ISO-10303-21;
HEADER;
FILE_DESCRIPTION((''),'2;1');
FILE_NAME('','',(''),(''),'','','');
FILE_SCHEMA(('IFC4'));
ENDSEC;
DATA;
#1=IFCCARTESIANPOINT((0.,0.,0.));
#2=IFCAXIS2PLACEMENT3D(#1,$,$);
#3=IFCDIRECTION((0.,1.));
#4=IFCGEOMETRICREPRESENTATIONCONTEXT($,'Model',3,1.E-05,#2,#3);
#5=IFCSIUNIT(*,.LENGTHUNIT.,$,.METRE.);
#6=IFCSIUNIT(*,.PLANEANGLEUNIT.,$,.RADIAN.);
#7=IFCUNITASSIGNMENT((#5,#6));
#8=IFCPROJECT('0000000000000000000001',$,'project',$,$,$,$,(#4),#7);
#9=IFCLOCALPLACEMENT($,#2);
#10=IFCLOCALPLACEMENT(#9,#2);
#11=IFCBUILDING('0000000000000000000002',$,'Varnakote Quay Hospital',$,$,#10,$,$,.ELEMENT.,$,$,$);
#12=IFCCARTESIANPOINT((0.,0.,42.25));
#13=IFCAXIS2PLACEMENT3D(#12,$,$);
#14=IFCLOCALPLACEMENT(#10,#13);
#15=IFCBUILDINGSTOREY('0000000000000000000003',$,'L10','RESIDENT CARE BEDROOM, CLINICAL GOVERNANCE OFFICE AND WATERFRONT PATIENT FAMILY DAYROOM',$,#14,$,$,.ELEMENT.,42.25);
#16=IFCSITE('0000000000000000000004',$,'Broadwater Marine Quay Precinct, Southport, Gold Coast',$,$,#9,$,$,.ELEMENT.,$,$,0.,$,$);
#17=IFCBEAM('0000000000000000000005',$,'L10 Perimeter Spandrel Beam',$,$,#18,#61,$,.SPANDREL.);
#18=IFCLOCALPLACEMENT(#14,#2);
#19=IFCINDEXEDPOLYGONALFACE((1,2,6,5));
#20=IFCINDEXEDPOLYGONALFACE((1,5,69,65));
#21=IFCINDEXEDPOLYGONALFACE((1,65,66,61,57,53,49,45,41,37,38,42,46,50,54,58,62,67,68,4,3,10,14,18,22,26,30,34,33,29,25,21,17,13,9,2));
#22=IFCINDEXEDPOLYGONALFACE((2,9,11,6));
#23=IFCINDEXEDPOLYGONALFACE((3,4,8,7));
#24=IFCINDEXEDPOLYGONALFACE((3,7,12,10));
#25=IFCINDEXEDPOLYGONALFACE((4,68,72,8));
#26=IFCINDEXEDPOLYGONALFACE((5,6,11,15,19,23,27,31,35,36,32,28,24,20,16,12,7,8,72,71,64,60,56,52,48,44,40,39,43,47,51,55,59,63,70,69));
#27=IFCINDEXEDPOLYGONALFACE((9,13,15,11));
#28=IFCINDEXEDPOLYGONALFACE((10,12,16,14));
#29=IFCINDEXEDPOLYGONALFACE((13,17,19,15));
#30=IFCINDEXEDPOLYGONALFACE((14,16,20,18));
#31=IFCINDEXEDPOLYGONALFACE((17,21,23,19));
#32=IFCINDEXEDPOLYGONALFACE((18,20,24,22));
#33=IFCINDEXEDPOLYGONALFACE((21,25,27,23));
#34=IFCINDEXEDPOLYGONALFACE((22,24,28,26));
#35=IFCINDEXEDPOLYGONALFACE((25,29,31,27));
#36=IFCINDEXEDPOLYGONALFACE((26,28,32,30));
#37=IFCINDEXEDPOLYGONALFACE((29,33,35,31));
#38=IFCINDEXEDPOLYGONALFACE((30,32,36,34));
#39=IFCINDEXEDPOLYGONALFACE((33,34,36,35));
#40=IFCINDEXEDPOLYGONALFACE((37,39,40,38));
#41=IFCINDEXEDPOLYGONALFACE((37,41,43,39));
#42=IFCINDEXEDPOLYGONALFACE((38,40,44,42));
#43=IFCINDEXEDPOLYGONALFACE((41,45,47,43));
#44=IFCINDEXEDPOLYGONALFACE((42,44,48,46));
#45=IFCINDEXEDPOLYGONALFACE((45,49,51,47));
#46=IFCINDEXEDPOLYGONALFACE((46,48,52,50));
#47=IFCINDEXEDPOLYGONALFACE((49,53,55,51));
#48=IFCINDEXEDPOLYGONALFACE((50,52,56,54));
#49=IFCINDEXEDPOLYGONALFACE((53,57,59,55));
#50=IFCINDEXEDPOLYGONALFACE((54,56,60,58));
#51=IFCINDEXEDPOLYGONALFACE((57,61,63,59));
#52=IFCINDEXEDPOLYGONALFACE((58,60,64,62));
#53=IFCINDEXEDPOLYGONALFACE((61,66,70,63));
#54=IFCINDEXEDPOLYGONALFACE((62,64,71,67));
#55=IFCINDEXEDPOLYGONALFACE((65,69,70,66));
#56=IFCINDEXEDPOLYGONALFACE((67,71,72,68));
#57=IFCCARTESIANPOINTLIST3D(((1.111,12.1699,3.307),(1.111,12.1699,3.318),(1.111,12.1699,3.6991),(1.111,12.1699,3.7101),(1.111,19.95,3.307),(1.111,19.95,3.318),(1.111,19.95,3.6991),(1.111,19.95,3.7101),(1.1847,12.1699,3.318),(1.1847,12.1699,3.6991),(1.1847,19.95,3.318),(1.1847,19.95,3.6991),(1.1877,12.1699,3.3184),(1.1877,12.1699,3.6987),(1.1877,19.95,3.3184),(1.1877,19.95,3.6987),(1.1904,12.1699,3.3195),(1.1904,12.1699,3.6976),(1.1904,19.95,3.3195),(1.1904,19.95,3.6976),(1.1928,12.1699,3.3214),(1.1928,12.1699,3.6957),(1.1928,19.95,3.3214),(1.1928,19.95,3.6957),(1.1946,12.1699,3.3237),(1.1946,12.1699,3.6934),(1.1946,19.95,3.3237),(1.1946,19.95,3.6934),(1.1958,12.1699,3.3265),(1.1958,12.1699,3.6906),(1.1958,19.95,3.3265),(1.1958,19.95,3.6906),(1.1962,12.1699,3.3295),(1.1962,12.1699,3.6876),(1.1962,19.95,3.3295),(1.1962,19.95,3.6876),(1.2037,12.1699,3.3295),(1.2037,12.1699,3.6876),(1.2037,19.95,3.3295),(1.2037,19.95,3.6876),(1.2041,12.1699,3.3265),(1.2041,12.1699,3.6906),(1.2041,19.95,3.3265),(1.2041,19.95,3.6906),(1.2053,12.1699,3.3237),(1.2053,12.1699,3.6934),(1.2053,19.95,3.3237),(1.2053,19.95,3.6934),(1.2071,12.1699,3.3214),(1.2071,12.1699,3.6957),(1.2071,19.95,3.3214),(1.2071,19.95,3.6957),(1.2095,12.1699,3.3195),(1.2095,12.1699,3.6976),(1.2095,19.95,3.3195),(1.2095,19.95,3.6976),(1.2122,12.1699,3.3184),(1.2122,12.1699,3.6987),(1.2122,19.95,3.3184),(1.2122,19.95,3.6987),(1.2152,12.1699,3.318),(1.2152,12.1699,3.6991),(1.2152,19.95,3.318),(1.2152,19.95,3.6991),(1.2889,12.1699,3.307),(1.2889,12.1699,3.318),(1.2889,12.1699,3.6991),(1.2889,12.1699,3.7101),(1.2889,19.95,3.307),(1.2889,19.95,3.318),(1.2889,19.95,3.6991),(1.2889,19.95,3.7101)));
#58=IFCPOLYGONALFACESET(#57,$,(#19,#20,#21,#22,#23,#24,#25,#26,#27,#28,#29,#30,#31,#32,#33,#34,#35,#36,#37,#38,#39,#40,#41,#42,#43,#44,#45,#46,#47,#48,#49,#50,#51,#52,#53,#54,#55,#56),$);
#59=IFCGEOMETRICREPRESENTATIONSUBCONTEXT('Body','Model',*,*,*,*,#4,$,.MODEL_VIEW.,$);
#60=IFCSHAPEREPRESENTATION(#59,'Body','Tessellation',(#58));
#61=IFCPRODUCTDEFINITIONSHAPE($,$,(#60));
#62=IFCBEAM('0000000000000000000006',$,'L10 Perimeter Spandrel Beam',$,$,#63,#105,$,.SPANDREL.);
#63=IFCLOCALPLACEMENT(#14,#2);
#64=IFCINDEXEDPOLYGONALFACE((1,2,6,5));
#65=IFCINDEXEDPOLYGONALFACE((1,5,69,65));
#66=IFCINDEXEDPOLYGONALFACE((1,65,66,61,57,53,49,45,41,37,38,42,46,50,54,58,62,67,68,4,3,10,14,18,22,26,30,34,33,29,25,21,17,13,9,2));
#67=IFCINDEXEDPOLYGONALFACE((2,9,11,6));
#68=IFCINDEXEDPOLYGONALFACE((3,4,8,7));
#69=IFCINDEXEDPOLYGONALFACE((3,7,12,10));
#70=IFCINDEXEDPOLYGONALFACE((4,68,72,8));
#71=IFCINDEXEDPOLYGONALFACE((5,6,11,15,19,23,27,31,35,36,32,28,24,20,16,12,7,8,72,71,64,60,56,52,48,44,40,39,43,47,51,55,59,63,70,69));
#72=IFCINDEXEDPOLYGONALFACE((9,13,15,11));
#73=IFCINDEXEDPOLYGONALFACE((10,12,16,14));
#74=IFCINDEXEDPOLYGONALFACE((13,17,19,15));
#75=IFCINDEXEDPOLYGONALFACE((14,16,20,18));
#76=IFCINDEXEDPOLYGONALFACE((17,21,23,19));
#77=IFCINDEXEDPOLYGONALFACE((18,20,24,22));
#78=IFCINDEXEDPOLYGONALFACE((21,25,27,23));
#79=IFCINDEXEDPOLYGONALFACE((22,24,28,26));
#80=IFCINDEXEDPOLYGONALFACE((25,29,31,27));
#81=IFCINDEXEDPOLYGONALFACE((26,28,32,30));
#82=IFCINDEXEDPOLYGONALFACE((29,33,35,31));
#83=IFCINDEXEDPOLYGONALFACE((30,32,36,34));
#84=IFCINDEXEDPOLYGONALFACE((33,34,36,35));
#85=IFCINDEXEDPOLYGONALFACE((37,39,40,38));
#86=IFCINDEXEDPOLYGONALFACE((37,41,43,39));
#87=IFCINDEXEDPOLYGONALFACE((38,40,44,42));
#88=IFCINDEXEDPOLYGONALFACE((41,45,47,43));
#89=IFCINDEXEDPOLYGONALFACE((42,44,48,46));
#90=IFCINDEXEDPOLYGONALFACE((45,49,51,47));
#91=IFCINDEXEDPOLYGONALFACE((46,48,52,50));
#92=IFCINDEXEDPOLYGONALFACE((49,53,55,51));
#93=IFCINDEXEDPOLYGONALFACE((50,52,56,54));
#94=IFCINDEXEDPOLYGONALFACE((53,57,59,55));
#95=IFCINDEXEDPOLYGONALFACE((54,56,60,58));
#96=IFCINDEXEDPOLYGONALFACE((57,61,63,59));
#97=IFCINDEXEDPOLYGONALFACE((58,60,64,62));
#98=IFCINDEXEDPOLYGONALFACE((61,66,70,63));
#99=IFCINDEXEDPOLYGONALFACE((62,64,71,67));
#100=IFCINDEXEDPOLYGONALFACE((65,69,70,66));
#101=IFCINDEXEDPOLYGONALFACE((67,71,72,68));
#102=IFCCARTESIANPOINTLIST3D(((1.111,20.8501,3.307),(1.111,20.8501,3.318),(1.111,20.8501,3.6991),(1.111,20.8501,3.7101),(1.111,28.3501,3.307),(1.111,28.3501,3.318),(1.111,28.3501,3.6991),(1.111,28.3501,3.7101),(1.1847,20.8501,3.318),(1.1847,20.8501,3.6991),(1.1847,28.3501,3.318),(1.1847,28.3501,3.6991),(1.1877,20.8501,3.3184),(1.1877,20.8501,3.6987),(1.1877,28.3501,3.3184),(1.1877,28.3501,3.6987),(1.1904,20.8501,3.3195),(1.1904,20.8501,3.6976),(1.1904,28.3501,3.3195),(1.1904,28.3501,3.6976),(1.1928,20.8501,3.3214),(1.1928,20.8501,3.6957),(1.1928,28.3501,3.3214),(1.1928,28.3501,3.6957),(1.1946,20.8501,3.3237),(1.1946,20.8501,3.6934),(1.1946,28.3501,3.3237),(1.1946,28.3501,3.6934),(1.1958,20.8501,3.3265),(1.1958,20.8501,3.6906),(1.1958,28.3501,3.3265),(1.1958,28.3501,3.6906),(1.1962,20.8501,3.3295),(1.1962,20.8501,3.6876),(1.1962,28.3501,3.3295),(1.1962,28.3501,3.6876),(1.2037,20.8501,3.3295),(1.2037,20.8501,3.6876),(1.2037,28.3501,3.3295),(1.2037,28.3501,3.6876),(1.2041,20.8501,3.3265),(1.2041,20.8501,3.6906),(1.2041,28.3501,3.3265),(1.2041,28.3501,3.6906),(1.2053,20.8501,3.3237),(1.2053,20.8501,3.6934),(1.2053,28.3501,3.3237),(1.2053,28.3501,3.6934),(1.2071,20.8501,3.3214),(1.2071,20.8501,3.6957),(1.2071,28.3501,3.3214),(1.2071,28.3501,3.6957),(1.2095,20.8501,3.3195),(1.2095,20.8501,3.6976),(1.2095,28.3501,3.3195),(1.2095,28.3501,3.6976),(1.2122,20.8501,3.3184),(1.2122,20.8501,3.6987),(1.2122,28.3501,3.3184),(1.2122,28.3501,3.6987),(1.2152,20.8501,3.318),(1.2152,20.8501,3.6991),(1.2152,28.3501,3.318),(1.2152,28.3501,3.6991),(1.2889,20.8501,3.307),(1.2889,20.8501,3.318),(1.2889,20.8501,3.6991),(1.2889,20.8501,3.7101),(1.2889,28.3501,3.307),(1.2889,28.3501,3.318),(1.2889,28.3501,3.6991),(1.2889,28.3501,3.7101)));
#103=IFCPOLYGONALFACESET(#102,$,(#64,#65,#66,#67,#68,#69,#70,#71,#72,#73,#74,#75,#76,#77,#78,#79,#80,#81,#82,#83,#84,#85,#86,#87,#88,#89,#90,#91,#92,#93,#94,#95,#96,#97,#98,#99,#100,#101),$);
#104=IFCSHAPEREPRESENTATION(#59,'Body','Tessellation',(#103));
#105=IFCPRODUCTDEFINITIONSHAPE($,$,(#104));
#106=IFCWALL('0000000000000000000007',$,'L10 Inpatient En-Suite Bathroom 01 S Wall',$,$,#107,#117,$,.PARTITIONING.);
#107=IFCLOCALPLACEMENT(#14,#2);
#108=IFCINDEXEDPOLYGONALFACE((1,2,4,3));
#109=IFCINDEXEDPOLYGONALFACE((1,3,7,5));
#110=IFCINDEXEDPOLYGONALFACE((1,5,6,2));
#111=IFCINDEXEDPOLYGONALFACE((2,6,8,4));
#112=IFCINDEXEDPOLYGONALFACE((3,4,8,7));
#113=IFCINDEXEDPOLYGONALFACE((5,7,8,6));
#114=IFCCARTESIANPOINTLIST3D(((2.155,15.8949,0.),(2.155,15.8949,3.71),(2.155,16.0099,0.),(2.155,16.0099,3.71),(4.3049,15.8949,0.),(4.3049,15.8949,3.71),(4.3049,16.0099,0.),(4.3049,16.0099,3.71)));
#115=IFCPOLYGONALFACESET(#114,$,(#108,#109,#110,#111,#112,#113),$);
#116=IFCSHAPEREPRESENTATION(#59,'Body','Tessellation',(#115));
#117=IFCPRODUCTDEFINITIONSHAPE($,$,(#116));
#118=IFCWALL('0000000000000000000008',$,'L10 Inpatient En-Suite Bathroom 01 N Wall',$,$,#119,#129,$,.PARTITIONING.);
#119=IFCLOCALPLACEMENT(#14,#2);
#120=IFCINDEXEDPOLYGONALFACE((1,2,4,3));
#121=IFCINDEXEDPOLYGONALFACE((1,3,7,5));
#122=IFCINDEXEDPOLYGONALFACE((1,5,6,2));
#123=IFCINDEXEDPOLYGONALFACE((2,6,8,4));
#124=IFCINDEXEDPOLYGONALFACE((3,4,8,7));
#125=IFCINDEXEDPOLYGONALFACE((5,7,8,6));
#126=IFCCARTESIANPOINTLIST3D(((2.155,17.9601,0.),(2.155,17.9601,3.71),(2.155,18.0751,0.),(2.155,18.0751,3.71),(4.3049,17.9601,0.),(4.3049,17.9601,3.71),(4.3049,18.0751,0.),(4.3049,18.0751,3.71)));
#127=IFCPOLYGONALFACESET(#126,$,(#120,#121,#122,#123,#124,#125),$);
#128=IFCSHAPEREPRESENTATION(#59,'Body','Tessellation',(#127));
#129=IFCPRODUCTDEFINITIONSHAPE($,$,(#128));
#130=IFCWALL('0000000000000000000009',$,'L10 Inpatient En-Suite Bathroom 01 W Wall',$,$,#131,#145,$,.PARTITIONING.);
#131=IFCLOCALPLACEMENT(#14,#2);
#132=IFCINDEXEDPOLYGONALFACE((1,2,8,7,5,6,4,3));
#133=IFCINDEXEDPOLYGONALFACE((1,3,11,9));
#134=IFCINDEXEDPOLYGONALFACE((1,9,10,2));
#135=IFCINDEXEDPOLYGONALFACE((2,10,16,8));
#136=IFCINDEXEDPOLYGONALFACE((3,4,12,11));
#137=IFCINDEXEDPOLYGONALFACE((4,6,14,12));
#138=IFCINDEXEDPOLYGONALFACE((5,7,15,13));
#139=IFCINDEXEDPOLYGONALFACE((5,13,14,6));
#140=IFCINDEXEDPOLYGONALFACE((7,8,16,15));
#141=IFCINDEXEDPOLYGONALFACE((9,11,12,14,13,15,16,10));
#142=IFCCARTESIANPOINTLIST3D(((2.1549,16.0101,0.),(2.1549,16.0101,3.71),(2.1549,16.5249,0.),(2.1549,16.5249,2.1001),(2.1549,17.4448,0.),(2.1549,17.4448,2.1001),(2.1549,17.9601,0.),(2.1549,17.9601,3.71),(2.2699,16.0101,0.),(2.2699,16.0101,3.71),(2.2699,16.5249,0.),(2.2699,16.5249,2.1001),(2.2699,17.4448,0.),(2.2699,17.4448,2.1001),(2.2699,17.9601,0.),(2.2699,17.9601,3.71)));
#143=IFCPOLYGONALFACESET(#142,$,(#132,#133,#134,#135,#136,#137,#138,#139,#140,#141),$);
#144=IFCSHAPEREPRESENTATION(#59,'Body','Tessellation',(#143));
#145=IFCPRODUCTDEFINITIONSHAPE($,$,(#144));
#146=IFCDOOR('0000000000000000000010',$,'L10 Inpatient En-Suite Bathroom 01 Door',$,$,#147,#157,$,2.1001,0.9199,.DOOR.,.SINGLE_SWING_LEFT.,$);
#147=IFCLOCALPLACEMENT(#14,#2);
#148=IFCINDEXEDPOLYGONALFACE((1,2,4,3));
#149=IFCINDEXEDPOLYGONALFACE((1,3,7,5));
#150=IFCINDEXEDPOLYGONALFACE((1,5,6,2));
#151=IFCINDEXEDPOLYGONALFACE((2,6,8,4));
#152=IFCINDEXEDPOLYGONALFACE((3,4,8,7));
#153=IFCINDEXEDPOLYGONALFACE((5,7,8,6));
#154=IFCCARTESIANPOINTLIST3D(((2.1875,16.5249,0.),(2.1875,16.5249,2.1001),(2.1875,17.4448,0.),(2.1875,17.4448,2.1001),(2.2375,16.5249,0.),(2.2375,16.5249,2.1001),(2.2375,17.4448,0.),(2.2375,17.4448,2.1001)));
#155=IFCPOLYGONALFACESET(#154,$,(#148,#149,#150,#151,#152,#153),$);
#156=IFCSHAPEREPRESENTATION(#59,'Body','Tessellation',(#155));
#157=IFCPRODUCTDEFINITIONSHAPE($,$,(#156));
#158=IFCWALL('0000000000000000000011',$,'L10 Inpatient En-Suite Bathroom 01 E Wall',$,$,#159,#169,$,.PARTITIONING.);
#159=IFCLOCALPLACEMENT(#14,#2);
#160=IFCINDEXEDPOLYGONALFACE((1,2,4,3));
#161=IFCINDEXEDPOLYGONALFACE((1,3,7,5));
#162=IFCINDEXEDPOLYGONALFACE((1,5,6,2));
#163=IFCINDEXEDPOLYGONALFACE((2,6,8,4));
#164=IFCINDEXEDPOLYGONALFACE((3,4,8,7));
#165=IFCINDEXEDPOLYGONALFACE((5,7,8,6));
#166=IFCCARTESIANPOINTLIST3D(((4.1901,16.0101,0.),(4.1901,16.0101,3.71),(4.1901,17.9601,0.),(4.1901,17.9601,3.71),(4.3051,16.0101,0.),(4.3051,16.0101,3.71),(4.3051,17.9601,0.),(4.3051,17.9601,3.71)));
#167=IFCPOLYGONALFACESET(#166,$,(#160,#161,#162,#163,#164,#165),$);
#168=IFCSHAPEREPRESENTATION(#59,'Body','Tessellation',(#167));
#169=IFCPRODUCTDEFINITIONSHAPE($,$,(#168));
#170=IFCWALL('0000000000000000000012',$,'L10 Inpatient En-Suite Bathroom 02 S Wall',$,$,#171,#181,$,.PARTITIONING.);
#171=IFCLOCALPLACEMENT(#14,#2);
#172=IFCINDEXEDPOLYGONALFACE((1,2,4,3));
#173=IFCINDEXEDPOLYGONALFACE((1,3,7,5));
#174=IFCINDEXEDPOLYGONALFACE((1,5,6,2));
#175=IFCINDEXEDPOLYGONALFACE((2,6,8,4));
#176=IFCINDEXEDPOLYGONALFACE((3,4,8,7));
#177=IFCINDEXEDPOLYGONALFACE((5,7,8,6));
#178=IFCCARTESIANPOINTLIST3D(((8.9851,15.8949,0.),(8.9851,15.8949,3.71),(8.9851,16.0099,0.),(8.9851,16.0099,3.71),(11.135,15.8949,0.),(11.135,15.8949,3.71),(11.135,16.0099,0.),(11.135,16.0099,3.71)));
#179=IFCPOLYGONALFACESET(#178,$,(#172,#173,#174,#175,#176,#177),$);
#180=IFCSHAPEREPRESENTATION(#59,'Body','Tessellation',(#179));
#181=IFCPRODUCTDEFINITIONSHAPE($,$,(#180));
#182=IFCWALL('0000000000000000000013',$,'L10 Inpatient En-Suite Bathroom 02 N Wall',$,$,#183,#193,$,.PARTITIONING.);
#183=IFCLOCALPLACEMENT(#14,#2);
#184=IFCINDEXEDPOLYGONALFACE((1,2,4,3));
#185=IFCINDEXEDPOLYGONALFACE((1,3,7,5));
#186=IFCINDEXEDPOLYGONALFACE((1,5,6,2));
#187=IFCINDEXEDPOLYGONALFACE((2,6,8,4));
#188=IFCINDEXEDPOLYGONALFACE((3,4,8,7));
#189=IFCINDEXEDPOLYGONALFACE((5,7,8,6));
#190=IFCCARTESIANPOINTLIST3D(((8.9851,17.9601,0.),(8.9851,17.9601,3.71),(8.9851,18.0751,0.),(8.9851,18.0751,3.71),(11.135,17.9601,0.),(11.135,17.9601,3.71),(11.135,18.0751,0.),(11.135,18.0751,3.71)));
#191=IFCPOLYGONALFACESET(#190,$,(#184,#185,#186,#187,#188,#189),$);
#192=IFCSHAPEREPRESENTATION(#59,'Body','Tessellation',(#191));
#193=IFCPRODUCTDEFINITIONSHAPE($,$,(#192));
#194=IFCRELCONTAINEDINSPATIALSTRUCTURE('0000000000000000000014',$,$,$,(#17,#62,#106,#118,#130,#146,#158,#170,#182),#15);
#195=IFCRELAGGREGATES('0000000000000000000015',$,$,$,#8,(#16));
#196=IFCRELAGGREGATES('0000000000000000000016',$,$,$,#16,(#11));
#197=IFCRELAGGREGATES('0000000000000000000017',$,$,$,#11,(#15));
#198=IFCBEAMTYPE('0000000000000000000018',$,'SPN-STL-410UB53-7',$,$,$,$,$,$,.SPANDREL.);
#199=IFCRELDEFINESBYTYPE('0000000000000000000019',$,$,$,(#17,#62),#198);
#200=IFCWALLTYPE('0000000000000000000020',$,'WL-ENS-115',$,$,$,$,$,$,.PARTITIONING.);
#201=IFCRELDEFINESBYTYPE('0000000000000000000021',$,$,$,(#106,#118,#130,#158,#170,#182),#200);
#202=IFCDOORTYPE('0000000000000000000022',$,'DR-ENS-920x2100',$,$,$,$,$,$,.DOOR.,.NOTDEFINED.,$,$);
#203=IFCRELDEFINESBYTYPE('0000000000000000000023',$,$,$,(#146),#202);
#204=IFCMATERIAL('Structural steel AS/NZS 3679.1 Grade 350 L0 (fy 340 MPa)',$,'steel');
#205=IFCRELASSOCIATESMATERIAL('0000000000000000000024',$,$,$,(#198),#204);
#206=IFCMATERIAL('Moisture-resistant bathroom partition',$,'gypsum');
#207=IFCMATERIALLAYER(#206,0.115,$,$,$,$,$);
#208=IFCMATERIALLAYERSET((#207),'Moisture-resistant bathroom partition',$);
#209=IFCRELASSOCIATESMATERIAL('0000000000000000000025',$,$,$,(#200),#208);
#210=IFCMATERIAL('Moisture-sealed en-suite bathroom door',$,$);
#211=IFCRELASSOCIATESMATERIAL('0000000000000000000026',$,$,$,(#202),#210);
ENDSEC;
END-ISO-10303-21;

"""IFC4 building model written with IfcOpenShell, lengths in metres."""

from ifc_helpers import new_model, si_unit, direction, frame, frame_2d, origin, origin_2d, place, context, subcontext, project, spatial, rectangle, i_section, extrude, material, layer, layer_set, material_profile, profile_set, type_object, element, fill, save


model = new_model("IFC4")

# Units and contexts
model_context = context("Model", 3, precision=1e-05, world=origin(), true_north=direction((0.0, 1.0)))
body_context = subcontext(model_context, "Body", "Model", "MODEL_VIEW")
ifc_project = project(units=[si_unit("LENGTHUNIT", "METRE"), si_unit("PLANEANGLEUNIT", "RADIAN")], contexts=[model_context])

# Site, building, storey
site_placement = place(None, origin())
site = spatial("IfcSite", under=ifc_project, at=site_placement, Name="Broadwater Marine Quay Precinct, Southport, Gold Coast", CompositionType="ELEMENT", RefElevation=0.0)
building_placement = place(site_placement, origin())
building = spatial("IfcBuilding", under=site, at=building_placement, Name="Varnakote Quay Hospital", CompositionType="ELEMENT")
storey_placement = place(building_placement, frame((0.0, 0.0, 42.25)))
storey = spatial("IfcBuildingStorey", under=building, at=storey_placement, Name="L10", Description="RESIDENT CARE BEDROOM, CLINICAL GOVERNANCE OFFICE AND WATERFRONT PATIENT FAMILY DAYROOM", CompositionType="ELEMENT", Elevation=42.25)

# Beams
ifc_material_1 = material(Name="Structural steel AS/NZS 3679.1 Grade 350 L0 (fy 340 MPa)", Category="steel")
ifc_material_profile_1 = material_profile(ifc_material_1, i_section(OverallWidth=0.178, OverallDepth=0.4031, WebThickness=0.0076, FlangeThickness=0.011, FilletRadius=0.0115, at=origin_2d()), Name="410UB53.7")
ifc_profile_set_1 = profile_set([ifc_material_profile_1], Name="Structural steel AS/NZS 3679.1 Grade 350 L0 (fy 340 MPa)")
beam_type_1 = type_object("IfcBeamType", Name="SPN-STL-410UB53-7", PredefinedType="SPANDREL", material=ifc_profile_set_1)
beam_1_placement = place(storey_placement, frame((1.2, 12.1699, 3.5085), z_axis=(0.0, 1.0, 0.0), x_axis=(-1.0, 0.0, 0.0)))
element("IfcBeam", 1, at=beam_1_placement, inside=storey, type_object=beam_type_1, Name="L10 Perimeter Spandrel Beam", PredefinedType="SPANDREL", context=body_context, shape_type="SweptSolid", body=[
    extrude(i_section(OverallWidth=0.178, OverallDepth=0.4031, WebThickness=0.0076, FlangeThickness=0.011, FilletRadius=0.0115, at=origin_2d()), origin(), (0.0, 0.0, 1.0), 7.78),
])
beam_2_placement = place(storey_placement, frame((1.2, 20.8501, 3.5085), z_axis=(0.0, 1.0, 0.0), x_axis=(-1.0, 0.0, 0.0)))
element("IfcBeam", 2, at=beam_2_placement, inside=storey, type_object=beam_type_1, Name="L10 Perimeter Spandrel Beam", PredefinedType="SPANDREL", context=body_context, shape_type="SweptSolid", body=[
    extrude(i_section(OverallWidth=0.178, OverallDepth=0.4031, WebThickness=0.0076, FlangeThickness=0.011, FilletRadius=0.0115, at=origin_2d()), origin(), (0.0, 0.0, 1.0), 7.5),
])

# Walls
ifc_material_2 = material(Name="Moisture-resistant bathroom partition", Category="gypsum")
ifc_layer_1 = layer(ifc_material_2, 0.115)
ifc_layer_set_1 = layer_set([ifc_layer_1], Name="Moisture-resistant bathroom partition")
wall_type_1 = type_object("IfcWallType", Name="WL-ENS-115", PredefinedType="PARTITIONING", material=ifc_layer_set_1)
for number, where, z_axis, x_axis, name in (
    (3, (2.155, 15.9524, 0.0), (0.0, 0.0, 1.0), (1.0, 0.0, 0.0), "L10 Inpatient En-Suite Bathroom 01 S Wall"),
    (4, (2.155, 18.0176, 0.0), (0.0, 0.0, 1.0), (1.0, 0.0, 0.0), "L10 Inpatient En-Suite Bathroom 01 N Wall"),
):
    element("IfcWall", number, at=place(storey_placement, frame(where, z_axis=z_axis, x_axis=x_axis)), inside=storey, type_object=wall_type_1, Name=name, PredefinedType="PARTITIONING", context=body_context, shape_type="SweptSolid", body=[
        extrude(rectangle(XDim=2.1499, YDim=0.115, at=frame_2d((1.075, 0.0))), origin(), (0.0, 0.0, 1.0), 3.71),
    ])

# Wall, opening, door
wall_1_placement = place(storey_placement, frame((2.2124, 16.01, 0.0), z_axis=(0.0, 0.0, 1.0), x_axis=(0.0, 1.0, 0.0)))
wall_1 = element("IfcWall", 5, at=wall_1_placement, inside=storey, type_object=wall_type_1, Name="L10 Inpatient En-Suite Bathroom 01 W Wall", PredefinedType="PARTITIONING", context=body_context, shape_type="SweptSolid", body=[
    extrude(rectangle(XDim=1.95, YDim=0.115, at=frame_2d((0.9751, 0.0))), origin(), (0.0, 0.0, 1.0), 3.71),
])
opening_1_placement = place(wall_1_placement, frame((0.5149, 0.0, 0.0)))
opening_1 = element("IfcOpeningElement", 6, at=opening_1_placement, cuts=wall_1, PredefinedType="OPENING", context=body_context, shape_type="SweptSolid", body=[
    extrude(rectangle(XDim=0.9199, YDim=2.1001, at=frame_2d((0.46, 1.05))), frame((0.0, 0.0674, 0.0), z_axis=(0.0, -1.0, 0.0), x_axis=(1.0, 0.0, 0.0)), (0.0, 0.0, 1.0), 0.135),
])
ifc_material_3 = material(Name="Moisture-sealed en-suite bathroom door")
door_type_1 = type_object("IfcDoorType", Name="DR-ENS-920x2100", OperationType="NOTDEFINED", PredefinedType="DOOR", material=ifc_material_3)
door_1_placement = place(opening_1_placement, origin())
door_1 = element("IfcDoor", 7, at=door_1_placement, inside=storey, type_object=door_type_1, Name="L10 Inpatient En-Suite Bathroom 01 Door", OperationType="SINGLE_SWING_LEFT", OverallHeight=2.1001, OverallWidth=0.9199, PredefinedType="DOOR", context=body_context, shape_type="SweptSolid", body=[
    extrude(rectangle(XDim=0.9199, YDim=2.1001, at=frame_2d((0.46, 1.05))), frame((0.0, 0.0249, 0.0), z_axis=(0.0, -1.0, 0.0), x_axis=(1.0, 0.0, 0.0)), (0.0, 0.0, 1.0), 0.05),
])
fill(opening_1, door_1)

# Walls
wall_2_placement = place(storey_placement, frame((4.2476, 16.01, 0.0), z_axis=(0.0, 0.0, 1.0), x_axis=(0.0, 1.0, 0.0)))
element("IfcWall", 8, at=wall_2_placement, inside=storey, type_object=wall_type_1, Name="L10 Inpatient En-Suite Bathroom 01 E Wall", PredefinedType="PARTITIONING", context=body_context, shape_type="SweptSolid", body=[
    extrude(rectangle(XDim=1.95, YDim=0.115, at=frame_2d((0.9751, 0.0))), origin(), (0.0, 0.0, 1.0), 3.71),
])
for number, where, z_axis, x_axis, name in (
    (9, (8.9851, 15.9524, 0.0), (0.0, 0.0, 1.0), (1.0, 0.0, 0.0), "L10 Inpatient En-Suite Bathroom 02 S Wall"),
    (10, (8.9851, 18.0176, 0.0), (0.0, 0.0, 1.0), (1.0, 0.0, 0.0), "L10 Inpatient En-Suite Bathroom 02 N Wall"),
):
    element("IfcWall", number, at=place(storey_placement, frame(where, z_axis=z_axis, x_axis=x_axis)), inside=storey, type_object=wall_type_1, Name=name, PredefinedType="PARTITIONING", context=body_context, shape_type="SweptSolid", body=[
        extrude(rectangle(XDim=2.1499, YDim=0.115, at=frame_2d((1.075, 0.0))), origin(), (0.0, 0.0, 1.0), 3.71),
    ])

save(model, "model.ifc")
